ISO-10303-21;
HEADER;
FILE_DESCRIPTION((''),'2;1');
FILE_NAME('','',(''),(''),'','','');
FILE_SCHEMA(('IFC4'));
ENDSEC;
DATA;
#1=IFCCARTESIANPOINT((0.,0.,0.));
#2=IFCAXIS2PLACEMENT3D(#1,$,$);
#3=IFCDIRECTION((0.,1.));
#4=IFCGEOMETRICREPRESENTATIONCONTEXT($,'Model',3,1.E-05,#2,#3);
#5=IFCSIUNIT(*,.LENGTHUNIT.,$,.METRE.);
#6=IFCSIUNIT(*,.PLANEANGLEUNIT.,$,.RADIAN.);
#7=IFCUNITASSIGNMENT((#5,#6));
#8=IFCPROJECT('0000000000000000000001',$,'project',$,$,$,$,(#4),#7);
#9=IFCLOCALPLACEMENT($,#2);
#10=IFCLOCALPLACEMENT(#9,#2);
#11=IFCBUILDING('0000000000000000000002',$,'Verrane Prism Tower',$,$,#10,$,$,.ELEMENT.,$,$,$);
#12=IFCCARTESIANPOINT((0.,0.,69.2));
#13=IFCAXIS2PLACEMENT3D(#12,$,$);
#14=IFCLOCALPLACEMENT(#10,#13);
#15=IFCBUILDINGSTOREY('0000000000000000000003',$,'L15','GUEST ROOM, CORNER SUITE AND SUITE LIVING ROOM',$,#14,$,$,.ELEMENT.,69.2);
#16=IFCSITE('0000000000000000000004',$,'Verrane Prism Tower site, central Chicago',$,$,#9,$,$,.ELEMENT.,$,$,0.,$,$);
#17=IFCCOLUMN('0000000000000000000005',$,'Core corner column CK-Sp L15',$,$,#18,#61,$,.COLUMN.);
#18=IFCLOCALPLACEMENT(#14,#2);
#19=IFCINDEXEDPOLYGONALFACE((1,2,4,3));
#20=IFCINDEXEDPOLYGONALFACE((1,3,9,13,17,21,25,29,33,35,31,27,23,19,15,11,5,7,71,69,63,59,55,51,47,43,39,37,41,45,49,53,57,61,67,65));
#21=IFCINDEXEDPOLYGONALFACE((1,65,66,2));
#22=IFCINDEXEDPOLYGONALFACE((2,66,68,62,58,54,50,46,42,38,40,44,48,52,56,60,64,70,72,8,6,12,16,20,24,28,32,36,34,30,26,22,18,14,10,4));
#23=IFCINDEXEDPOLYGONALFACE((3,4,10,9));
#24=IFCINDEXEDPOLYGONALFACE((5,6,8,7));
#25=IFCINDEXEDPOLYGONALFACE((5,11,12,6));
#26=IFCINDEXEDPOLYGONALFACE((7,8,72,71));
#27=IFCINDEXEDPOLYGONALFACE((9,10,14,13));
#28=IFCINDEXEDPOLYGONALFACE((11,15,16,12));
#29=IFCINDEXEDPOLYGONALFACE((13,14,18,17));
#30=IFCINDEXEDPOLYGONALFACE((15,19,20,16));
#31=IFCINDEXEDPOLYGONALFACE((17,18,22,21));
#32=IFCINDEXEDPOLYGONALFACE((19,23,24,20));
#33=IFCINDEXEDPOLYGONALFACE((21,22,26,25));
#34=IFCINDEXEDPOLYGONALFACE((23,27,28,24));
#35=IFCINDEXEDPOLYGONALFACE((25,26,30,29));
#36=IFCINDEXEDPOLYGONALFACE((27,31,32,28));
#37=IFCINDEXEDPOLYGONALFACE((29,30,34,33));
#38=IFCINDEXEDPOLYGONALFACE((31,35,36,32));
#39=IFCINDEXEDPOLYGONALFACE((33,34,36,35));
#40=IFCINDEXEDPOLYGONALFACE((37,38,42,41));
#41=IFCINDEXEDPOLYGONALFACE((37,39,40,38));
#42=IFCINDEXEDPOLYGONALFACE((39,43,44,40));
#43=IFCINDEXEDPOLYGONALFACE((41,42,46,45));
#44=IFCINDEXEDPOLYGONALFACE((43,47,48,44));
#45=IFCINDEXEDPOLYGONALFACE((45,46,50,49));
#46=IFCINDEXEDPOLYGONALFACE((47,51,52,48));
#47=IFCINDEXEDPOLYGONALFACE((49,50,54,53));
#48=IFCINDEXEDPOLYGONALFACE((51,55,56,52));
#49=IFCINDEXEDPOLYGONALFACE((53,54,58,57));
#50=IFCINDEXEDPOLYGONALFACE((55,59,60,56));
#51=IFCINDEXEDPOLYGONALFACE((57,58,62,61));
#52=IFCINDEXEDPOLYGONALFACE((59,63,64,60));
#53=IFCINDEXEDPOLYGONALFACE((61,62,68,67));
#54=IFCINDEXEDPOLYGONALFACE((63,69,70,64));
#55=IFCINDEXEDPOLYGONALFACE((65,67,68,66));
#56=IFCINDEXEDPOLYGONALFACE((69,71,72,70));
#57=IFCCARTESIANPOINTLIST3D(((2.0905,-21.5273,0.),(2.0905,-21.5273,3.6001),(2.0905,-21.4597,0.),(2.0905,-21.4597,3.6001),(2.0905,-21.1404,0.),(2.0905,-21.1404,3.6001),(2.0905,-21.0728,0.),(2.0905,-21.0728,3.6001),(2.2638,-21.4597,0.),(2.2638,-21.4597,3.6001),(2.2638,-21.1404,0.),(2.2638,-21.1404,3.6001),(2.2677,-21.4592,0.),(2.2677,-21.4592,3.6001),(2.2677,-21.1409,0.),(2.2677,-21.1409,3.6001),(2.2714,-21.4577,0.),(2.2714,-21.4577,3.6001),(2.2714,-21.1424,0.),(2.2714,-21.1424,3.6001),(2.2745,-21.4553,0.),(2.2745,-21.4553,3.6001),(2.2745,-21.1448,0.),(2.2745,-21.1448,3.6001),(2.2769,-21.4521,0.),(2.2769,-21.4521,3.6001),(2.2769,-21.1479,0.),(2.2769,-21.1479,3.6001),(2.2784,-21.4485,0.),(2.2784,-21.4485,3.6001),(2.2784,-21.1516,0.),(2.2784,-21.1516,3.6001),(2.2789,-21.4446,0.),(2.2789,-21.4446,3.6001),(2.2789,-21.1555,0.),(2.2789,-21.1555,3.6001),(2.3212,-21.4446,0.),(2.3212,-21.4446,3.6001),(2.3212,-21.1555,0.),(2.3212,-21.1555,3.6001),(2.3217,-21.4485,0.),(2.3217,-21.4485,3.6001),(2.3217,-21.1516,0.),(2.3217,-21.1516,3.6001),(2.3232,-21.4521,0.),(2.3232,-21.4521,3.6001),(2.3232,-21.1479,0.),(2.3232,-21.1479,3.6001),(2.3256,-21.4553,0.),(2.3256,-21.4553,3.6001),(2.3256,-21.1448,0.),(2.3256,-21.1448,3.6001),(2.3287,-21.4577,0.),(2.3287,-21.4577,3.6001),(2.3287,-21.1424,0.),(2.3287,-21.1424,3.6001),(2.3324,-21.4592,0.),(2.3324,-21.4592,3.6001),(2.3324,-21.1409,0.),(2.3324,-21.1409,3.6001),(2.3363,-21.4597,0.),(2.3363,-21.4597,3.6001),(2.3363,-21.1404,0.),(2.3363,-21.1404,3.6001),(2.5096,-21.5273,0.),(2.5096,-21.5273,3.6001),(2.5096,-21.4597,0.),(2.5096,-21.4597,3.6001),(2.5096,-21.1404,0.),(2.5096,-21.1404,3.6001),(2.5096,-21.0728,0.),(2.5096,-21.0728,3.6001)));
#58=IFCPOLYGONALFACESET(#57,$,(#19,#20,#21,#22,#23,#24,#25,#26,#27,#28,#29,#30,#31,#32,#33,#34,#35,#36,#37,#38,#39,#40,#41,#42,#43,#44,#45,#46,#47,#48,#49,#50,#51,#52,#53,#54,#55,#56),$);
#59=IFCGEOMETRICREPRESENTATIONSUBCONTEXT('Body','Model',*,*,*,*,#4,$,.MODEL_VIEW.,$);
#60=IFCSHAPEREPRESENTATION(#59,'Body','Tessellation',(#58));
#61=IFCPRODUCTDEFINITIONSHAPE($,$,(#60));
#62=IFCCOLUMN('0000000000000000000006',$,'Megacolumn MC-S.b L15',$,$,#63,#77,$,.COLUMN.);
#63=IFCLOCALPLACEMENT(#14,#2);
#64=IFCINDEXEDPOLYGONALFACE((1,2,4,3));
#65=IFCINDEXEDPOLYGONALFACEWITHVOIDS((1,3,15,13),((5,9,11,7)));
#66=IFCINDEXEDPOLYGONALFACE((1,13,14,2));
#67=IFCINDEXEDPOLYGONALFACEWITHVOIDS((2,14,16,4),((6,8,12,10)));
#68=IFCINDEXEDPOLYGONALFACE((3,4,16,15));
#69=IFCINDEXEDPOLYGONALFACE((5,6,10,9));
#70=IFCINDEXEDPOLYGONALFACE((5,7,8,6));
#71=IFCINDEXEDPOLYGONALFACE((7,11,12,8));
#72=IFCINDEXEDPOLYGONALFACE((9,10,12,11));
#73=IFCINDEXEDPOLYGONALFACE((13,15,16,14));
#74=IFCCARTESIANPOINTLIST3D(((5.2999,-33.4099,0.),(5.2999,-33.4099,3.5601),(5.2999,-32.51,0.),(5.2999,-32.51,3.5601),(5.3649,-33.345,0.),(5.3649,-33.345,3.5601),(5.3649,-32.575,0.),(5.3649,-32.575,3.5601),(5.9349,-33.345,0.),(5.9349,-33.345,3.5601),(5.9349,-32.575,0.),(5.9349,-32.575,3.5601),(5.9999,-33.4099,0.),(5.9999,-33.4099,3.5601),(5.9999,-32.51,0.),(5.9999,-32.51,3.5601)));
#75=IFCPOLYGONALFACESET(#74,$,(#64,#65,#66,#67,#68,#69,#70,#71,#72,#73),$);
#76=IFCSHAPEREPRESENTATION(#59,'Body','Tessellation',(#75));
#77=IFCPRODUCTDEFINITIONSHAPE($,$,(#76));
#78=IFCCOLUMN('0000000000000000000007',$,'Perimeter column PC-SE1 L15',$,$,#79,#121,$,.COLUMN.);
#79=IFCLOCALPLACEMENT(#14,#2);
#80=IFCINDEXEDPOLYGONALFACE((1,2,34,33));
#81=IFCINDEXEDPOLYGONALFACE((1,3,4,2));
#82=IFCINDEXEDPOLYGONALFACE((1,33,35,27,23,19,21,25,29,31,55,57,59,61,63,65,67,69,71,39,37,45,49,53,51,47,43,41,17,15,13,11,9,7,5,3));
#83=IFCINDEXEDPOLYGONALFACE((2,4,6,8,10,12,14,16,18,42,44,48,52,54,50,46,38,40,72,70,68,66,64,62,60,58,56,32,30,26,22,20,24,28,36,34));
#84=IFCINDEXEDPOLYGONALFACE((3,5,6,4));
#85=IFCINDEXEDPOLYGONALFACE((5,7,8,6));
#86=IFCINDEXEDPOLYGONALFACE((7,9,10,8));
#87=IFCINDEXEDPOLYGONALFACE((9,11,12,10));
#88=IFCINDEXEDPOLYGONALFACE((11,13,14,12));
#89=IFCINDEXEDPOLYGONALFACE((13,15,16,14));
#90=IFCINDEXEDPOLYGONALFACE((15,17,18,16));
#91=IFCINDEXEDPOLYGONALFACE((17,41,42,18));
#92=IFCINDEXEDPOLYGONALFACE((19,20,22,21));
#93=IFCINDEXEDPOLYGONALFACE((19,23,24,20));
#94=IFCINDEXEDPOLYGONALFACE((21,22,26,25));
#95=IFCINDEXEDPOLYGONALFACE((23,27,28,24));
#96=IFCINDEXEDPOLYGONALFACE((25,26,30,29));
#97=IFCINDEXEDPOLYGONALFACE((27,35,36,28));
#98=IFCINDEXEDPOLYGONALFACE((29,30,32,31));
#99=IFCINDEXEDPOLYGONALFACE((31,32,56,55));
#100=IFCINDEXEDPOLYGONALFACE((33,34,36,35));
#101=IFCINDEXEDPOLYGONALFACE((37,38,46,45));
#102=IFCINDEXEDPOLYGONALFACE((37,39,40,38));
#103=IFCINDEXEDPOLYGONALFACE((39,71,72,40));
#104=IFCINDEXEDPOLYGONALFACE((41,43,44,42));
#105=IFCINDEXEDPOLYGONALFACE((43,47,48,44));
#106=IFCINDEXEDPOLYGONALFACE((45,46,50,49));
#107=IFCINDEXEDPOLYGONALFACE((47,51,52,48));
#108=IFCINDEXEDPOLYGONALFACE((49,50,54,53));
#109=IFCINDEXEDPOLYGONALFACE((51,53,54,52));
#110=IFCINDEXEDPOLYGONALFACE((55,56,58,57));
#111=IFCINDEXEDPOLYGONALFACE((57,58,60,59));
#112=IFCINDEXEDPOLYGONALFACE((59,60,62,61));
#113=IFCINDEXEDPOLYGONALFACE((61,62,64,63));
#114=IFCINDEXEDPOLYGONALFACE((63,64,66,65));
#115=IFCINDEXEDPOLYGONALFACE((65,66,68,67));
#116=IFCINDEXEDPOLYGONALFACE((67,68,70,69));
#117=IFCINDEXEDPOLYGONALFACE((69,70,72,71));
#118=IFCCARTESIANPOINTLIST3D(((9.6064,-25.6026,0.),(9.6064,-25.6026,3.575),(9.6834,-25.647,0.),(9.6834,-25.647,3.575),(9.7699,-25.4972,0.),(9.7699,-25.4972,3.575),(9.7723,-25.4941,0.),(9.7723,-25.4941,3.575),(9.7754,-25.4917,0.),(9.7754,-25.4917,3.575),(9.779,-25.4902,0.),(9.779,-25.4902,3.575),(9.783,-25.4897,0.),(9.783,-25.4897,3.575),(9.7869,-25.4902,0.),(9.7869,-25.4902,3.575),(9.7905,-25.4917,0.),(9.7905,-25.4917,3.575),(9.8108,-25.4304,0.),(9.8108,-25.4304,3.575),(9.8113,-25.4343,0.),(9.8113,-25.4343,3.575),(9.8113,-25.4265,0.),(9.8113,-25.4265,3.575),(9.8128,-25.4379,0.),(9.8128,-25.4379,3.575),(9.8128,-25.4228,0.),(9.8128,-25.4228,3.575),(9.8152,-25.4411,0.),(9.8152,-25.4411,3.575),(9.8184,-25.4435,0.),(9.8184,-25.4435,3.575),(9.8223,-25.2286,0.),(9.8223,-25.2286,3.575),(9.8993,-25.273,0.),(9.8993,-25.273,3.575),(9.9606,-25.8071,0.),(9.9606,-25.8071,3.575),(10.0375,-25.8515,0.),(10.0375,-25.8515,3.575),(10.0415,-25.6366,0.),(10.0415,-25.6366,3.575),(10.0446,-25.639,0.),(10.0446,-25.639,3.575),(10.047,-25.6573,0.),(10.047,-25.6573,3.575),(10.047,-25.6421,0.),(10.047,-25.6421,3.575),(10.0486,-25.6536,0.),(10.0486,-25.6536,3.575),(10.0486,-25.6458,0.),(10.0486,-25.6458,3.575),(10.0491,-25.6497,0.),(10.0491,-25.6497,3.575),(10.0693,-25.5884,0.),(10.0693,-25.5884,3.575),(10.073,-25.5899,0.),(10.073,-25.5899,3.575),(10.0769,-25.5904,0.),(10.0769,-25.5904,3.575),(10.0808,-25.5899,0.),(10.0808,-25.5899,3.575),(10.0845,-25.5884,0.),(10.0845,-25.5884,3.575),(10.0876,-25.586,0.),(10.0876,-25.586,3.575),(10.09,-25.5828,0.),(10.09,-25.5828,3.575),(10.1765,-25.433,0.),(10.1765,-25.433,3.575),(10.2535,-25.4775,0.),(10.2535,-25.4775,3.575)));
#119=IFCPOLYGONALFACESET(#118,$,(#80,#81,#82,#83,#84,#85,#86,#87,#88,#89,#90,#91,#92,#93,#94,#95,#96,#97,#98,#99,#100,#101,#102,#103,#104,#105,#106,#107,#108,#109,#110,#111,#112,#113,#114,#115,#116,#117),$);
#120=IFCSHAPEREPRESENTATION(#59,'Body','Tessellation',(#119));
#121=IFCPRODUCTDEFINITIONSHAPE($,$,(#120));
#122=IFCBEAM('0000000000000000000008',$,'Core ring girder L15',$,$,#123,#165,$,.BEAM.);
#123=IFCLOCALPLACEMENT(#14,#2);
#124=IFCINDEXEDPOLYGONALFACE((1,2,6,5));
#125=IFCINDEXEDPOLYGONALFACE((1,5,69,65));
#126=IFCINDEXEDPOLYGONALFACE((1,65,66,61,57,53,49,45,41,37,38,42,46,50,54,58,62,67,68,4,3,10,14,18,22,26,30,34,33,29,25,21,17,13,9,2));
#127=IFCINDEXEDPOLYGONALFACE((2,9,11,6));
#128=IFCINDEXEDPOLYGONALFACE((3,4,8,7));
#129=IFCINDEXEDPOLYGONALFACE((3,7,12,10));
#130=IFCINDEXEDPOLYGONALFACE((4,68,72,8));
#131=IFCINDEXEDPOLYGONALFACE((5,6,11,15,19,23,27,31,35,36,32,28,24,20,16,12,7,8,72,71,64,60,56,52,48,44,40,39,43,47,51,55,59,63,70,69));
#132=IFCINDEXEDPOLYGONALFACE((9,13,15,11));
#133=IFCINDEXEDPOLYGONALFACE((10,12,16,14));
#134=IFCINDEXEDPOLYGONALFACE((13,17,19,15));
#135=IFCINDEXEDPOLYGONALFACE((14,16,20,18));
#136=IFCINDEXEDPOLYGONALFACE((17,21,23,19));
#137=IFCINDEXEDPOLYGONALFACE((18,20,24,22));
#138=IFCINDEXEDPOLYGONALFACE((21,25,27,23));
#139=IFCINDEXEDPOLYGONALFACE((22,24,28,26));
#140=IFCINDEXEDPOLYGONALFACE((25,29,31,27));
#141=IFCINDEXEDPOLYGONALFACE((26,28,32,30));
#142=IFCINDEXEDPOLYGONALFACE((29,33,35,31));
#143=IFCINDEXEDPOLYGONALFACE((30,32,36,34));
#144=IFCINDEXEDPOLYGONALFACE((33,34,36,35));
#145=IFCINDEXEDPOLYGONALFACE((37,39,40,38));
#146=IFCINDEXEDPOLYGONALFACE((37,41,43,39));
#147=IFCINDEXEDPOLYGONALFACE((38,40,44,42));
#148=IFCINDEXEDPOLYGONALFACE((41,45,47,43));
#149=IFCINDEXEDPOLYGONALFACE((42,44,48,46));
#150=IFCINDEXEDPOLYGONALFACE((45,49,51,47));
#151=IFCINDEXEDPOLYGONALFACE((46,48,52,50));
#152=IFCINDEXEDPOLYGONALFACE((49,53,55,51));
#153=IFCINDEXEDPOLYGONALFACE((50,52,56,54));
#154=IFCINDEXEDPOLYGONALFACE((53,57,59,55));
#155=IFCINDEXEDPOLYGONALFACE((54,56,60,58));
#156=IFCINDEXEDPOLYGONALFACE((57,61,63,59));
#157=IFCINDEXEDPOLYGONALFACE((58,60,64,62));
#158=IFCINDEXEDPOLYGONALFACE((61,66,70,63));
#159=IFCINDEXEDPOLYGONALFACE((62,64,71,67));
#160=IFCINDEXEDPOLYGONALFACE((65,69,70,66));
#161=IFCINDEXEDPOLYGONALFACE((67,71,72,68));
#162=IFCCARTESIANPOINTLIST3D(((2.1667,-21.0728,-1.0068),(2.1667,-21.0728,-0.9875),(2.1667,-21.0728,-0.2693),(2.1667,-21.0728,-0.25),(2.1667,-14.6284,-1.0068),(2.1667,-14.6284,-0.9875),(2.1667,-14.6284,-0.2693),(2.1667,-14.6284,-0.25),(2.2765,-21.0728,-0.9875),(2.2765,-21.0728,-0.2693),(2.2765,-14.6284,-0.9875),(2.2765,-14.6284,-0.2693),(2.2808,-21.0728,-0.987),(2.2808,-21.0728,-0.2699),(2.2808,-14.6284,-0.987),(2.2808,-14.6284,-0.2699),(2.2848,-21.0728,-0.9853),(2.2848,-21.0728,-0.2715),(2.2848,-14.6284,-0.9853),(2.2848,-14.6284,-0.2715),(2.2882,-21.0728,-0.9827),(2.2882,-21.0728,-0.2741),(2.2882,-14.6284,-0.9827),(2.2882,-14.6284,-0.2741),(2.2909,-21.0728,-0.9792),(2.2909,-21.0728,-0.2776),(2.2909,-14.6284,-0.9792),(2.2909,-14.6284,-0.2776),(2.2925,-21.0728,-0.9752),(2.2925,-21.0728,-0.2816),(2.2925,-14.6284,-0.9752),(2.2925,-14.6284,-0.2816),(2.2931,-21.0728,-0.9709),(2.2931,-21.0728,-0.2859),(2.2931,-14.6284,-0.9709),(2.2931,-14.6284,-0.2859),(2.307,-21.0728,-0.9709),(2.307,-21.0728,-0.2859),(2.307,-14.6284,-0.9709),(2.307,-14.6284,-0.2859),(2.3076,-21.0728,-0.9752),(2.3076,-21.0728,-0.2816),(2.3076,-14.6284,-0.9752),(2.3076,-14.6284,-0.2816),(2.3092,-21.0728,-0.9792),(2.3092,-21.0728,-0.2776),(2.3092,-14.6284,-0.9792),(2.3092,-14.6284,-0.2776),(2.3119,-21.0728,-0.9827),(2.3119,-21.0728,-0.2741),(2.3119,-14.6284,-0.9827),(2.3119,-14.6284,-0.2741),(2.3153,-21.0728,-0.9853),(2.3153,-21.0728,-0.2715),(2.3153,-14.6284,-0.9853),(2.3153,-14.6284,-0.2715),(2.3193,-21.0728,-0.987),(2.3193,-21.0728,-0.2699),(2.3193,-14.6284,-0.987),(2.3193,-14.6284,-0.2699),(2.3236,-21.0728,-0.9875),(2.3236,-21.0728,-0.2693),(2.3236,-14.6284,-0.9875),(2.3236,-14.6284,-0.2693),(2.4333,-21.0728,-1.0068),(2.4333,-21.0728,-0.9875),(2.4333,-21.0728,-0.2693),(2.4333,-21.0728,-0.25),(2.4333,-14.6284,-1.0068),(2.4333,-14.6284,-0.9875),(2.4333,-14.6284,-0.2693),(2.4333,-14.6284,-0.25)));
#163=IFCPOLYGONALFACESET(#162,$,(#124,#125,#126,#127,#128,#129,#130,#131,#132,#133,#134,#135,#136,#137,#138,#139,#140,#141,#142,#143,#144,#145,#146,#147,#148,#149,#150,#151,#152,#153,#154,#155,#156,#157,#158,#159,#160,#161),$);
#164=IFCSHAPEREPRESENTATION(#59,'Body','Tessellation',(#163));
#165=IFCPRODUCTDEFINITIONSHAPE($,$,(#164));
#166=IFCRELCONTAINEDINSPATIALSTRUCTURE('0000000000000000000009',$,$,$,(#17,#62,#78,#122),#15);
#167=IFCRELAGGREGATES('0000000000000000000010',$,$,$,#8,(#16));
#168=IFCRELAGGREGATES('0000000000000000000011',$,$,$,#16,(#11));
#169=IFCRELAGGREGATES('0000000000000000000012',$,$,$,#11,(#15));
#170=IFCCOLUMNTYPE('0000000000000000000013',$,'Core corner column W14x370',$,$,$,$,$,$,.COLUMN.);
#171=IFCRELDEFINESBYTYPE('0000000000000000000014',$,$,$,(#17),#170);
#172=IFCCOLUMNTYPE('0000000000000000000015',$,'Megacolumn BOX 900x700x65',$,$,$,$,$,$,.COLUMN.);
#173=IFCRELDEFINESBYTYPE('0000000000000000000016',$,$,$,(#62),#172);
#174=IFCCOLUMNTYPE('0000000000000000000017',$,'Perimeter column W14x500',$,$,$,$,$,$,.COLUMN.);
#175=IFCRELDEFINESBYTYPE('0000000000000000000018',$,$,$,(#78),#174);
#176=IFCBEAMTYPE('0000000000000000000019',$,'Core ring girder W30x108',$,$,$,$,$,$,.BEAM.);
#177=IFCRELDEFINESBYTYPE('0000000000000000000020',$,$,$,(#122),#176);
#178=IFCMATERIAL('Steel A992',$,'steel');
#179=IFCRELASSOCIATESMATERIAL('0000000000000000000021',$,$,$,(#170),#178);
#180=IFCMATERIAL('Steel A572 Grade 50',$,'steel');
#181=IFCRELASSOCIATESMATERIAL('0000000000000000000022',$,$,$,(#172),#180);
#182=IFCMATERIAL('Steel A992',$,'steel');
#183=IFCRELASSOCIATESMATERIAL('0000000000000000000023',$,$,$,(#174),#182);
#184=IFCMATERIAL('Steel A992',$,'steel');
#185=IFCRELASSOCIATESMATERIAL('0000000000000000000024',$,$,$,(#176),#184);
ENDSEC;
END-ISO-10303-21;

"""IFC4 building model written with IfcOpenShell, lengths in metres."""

from ifc_helpers import new_model, si_unit, direction, frame, origin, origin_2d, place, context, subcontext, project, spatial, hollow_rectangle, i_section, extrude, material, material_profile, profile_set, type_object, element, save


model = new_model("IFC4")

# Units and contexts
model_context = context("Model", 3, precision=1e-05, world=origin(), true_north=direction((0.0, 1.0)))
body_context = subcontext(model_context, "Body", "Model", "MODEL_VIEW")
ifc_project = project(units=[si_unit("LENGTHUNIT", "METRE"), si_unit("PLANEANGLEUNIT", "RADIAN")], contexts=[model_context])

# Site, building, storey
site_placement = place(None, origin())
site = spatial("IfcSite", under=ifc_project, at=site_placement, Name="Verrane Prism Tower site, central Chicago", CompositionType="ELEMENT", RefElevation=0.0)
building_placement = place(site_placement, origin())
building = spatial("IfcBuilding", under=site, at=building_placement, Name="Verrane Prism Tower", CompositionType="ELEMENT")
storey_placement = place(building_placement, frame((0.0, 0.0, 69.2)))
storey = spatial("IfcBuildingStorey", under=building, at=storey_placement, Name="L15", Description="GUEST ROOM, CORNER SUITE AND SUITE LIVING ROOM", CompositionType="ELEMENT", Elevation=69.2)

# Columns
ifc_material_1 = material(Name="Steel A992", Category="steel")
ifc_material_profile_1 = material_profile(ifc_material_1, i_section(OverallWidth=0.4192, OverallDepth=0.4546, WebThickness=0.0422, FlangeThickness=0.0676, FilletRadius=0.0151, at=origin_2d()), Name="W14x370")
ifc_profile_set_1 = profile_set([ifc_material_profile_1], Name="Steel A992")
column_type_1 = type_object("IfcColumnType", Name="Core corner column W14x370", PredefinedType="COLUMN", material=ifc_profile_set_1)
column_1_placement = place(storey_placement, frame((2.3, -21.3, 0.0), z_axis=(0.0, 0.0, 1.0), x_axis=(-1.0, 0.0, 0.0)))
element("IfcColumn", 1, at=column_1_placement, inside=storey, type_object=column_type_1, Name="Core corner column CK-Sp L15", PredefinedType="COLUMN", context=body_context, shape_type="SweptSolid", body=[
    extrude(i_section(OverallWidth=0.4192, OverallDepth=0.4546, WebThickness=0.0422, FlangeThickness=0.0676, FilletRadius=0.0151, at=origin_2d()), origin(), (0.0, 0.0, 1.0), 3.6001),
])
ifc_material_2 = material(Name="Steel A572 Grade 50", Category="steel")
ifc_material_profile_2 = material_profile(ifc_material_2, hollow_rectangle(XDim=0.7, YDim=0.8999, WallThickness=0.0649, at=origin_2d()), Name="BOX 900x700x65")
ifc_profile_set_2 = profile_set([ifc_material_profile_2], Name="Steel A572 Grade 50")
column_type_2 = type_object("IfcColumnType", Name="Megacolumn BOX 900x700x65", PredefinedType="COLUMN", material=ifc_profile_set_2)
column_2_placement = place(storey_placement, frame((5.6499, -32.96, 0.0), z_axis=(0.0, 0.0, 1.0), x_axis=(-1.0, 0.0, 0.0)))
element("IfcColumn", 2, at=column_2_placement, inside=storey, type_object=column_type_2, Name="Megacolumn MC-S.b L15", PredefinedType="COLUMN", context=body_context, shape_type="SweptSolid", body=[
    extrude(hollow_rectangle(XDim=0.7, YDim=0.8999, WallThickness=0.0649, at=origin_2d()), origin(), (0.0, 0.0, 1.0), 3.5601),
])
ifc_material_3 = material(Name="Steel A992", Category="steel")
ifc_material_profile_3 = material_profile(ifc_material_3, i_section(OverallWidth=0.4319, OverallDepth=0.4978, WebThickness=0.0557, FlangeThickness=0.0889, FilletRadius=0.0151, at=origin_2d()), Name="W14x500")
ifc_profile_set_3 = profile_set([ifc_material_profile_3], Name="Steel A992")
column_type_3 = type_object("IfcColumnType", Name="Perimeter column W14x500", PredefinedType="COLUMN", material=ifc_profile_set_3)
column_3_placement = place(storey_placement, frame((9.9299, -25.54, 0.0), z_axis=(0.0, 0.0, 1.0), x_axis=(-0.5, -0.866025, 0.0)))
element("IfcColumn", 3, at=column_3_placement, inside=storey, type_object=column_type_3, Name="Perimeter column PC-SE1 L15", PredefinedType="COLUMN", context=body_context, shape_type="SweptSolid", body=[
    extrude(i_section(OverallWidth=0.4319, OverallDepth=0.4978, WebThickness=0.0557, FlangeThickness=0.0889, FilletRadius=0.0151, at=origin_2d()), origin(), (0.0, 0.0, 1.0), 3.575),
])

# Beam
ifc_material_4 = material(Name="Steel A992", Category="steel")
ifc_material_profile_4 = material_profile(ifc_material_4, i_section(OverallWidth=0.2666, OverallDepth=0.7568, WebThickness=0.0139, FlangeThickness=0.0193, FilletRadius=0.0166, at=origin_2d()), Name="W30x108")
ifc_profile_set_4 = profile_set([ifc_material_profile_4], Name="Steel A992")
beam_type_1 = type_object("IfcBeamType", Name="Core ring girder W30x108", PredefinedType="BEAM", material=ifc_profile_set_4)
beam_1_placement = place(storey_placement, frame((2.3, -21.0728, -0.6284), z_axis=(0.0, 1.0, 0.0), x_axis=(-1.0, 0.0, 0.0)))
element("IfcBeam", 4, at=beam_1_placement, inside=storey, type_object=beam_type_1, Name="Core ring girder L15", PredefinedType="BEAM", context=body_context, shape_type="SweptSolid", body=[
    extrude(i_section(OverallWidth=0.2666, OverallDepth=0.7568, WebThickness=0.0139, FlangeThickness=0.0193, FilletRadius=0.0166, at=origin_2d()), origin(), (0.0, 0.0, 1.0), 6.4443),
])

save(model, "model.ifc")
